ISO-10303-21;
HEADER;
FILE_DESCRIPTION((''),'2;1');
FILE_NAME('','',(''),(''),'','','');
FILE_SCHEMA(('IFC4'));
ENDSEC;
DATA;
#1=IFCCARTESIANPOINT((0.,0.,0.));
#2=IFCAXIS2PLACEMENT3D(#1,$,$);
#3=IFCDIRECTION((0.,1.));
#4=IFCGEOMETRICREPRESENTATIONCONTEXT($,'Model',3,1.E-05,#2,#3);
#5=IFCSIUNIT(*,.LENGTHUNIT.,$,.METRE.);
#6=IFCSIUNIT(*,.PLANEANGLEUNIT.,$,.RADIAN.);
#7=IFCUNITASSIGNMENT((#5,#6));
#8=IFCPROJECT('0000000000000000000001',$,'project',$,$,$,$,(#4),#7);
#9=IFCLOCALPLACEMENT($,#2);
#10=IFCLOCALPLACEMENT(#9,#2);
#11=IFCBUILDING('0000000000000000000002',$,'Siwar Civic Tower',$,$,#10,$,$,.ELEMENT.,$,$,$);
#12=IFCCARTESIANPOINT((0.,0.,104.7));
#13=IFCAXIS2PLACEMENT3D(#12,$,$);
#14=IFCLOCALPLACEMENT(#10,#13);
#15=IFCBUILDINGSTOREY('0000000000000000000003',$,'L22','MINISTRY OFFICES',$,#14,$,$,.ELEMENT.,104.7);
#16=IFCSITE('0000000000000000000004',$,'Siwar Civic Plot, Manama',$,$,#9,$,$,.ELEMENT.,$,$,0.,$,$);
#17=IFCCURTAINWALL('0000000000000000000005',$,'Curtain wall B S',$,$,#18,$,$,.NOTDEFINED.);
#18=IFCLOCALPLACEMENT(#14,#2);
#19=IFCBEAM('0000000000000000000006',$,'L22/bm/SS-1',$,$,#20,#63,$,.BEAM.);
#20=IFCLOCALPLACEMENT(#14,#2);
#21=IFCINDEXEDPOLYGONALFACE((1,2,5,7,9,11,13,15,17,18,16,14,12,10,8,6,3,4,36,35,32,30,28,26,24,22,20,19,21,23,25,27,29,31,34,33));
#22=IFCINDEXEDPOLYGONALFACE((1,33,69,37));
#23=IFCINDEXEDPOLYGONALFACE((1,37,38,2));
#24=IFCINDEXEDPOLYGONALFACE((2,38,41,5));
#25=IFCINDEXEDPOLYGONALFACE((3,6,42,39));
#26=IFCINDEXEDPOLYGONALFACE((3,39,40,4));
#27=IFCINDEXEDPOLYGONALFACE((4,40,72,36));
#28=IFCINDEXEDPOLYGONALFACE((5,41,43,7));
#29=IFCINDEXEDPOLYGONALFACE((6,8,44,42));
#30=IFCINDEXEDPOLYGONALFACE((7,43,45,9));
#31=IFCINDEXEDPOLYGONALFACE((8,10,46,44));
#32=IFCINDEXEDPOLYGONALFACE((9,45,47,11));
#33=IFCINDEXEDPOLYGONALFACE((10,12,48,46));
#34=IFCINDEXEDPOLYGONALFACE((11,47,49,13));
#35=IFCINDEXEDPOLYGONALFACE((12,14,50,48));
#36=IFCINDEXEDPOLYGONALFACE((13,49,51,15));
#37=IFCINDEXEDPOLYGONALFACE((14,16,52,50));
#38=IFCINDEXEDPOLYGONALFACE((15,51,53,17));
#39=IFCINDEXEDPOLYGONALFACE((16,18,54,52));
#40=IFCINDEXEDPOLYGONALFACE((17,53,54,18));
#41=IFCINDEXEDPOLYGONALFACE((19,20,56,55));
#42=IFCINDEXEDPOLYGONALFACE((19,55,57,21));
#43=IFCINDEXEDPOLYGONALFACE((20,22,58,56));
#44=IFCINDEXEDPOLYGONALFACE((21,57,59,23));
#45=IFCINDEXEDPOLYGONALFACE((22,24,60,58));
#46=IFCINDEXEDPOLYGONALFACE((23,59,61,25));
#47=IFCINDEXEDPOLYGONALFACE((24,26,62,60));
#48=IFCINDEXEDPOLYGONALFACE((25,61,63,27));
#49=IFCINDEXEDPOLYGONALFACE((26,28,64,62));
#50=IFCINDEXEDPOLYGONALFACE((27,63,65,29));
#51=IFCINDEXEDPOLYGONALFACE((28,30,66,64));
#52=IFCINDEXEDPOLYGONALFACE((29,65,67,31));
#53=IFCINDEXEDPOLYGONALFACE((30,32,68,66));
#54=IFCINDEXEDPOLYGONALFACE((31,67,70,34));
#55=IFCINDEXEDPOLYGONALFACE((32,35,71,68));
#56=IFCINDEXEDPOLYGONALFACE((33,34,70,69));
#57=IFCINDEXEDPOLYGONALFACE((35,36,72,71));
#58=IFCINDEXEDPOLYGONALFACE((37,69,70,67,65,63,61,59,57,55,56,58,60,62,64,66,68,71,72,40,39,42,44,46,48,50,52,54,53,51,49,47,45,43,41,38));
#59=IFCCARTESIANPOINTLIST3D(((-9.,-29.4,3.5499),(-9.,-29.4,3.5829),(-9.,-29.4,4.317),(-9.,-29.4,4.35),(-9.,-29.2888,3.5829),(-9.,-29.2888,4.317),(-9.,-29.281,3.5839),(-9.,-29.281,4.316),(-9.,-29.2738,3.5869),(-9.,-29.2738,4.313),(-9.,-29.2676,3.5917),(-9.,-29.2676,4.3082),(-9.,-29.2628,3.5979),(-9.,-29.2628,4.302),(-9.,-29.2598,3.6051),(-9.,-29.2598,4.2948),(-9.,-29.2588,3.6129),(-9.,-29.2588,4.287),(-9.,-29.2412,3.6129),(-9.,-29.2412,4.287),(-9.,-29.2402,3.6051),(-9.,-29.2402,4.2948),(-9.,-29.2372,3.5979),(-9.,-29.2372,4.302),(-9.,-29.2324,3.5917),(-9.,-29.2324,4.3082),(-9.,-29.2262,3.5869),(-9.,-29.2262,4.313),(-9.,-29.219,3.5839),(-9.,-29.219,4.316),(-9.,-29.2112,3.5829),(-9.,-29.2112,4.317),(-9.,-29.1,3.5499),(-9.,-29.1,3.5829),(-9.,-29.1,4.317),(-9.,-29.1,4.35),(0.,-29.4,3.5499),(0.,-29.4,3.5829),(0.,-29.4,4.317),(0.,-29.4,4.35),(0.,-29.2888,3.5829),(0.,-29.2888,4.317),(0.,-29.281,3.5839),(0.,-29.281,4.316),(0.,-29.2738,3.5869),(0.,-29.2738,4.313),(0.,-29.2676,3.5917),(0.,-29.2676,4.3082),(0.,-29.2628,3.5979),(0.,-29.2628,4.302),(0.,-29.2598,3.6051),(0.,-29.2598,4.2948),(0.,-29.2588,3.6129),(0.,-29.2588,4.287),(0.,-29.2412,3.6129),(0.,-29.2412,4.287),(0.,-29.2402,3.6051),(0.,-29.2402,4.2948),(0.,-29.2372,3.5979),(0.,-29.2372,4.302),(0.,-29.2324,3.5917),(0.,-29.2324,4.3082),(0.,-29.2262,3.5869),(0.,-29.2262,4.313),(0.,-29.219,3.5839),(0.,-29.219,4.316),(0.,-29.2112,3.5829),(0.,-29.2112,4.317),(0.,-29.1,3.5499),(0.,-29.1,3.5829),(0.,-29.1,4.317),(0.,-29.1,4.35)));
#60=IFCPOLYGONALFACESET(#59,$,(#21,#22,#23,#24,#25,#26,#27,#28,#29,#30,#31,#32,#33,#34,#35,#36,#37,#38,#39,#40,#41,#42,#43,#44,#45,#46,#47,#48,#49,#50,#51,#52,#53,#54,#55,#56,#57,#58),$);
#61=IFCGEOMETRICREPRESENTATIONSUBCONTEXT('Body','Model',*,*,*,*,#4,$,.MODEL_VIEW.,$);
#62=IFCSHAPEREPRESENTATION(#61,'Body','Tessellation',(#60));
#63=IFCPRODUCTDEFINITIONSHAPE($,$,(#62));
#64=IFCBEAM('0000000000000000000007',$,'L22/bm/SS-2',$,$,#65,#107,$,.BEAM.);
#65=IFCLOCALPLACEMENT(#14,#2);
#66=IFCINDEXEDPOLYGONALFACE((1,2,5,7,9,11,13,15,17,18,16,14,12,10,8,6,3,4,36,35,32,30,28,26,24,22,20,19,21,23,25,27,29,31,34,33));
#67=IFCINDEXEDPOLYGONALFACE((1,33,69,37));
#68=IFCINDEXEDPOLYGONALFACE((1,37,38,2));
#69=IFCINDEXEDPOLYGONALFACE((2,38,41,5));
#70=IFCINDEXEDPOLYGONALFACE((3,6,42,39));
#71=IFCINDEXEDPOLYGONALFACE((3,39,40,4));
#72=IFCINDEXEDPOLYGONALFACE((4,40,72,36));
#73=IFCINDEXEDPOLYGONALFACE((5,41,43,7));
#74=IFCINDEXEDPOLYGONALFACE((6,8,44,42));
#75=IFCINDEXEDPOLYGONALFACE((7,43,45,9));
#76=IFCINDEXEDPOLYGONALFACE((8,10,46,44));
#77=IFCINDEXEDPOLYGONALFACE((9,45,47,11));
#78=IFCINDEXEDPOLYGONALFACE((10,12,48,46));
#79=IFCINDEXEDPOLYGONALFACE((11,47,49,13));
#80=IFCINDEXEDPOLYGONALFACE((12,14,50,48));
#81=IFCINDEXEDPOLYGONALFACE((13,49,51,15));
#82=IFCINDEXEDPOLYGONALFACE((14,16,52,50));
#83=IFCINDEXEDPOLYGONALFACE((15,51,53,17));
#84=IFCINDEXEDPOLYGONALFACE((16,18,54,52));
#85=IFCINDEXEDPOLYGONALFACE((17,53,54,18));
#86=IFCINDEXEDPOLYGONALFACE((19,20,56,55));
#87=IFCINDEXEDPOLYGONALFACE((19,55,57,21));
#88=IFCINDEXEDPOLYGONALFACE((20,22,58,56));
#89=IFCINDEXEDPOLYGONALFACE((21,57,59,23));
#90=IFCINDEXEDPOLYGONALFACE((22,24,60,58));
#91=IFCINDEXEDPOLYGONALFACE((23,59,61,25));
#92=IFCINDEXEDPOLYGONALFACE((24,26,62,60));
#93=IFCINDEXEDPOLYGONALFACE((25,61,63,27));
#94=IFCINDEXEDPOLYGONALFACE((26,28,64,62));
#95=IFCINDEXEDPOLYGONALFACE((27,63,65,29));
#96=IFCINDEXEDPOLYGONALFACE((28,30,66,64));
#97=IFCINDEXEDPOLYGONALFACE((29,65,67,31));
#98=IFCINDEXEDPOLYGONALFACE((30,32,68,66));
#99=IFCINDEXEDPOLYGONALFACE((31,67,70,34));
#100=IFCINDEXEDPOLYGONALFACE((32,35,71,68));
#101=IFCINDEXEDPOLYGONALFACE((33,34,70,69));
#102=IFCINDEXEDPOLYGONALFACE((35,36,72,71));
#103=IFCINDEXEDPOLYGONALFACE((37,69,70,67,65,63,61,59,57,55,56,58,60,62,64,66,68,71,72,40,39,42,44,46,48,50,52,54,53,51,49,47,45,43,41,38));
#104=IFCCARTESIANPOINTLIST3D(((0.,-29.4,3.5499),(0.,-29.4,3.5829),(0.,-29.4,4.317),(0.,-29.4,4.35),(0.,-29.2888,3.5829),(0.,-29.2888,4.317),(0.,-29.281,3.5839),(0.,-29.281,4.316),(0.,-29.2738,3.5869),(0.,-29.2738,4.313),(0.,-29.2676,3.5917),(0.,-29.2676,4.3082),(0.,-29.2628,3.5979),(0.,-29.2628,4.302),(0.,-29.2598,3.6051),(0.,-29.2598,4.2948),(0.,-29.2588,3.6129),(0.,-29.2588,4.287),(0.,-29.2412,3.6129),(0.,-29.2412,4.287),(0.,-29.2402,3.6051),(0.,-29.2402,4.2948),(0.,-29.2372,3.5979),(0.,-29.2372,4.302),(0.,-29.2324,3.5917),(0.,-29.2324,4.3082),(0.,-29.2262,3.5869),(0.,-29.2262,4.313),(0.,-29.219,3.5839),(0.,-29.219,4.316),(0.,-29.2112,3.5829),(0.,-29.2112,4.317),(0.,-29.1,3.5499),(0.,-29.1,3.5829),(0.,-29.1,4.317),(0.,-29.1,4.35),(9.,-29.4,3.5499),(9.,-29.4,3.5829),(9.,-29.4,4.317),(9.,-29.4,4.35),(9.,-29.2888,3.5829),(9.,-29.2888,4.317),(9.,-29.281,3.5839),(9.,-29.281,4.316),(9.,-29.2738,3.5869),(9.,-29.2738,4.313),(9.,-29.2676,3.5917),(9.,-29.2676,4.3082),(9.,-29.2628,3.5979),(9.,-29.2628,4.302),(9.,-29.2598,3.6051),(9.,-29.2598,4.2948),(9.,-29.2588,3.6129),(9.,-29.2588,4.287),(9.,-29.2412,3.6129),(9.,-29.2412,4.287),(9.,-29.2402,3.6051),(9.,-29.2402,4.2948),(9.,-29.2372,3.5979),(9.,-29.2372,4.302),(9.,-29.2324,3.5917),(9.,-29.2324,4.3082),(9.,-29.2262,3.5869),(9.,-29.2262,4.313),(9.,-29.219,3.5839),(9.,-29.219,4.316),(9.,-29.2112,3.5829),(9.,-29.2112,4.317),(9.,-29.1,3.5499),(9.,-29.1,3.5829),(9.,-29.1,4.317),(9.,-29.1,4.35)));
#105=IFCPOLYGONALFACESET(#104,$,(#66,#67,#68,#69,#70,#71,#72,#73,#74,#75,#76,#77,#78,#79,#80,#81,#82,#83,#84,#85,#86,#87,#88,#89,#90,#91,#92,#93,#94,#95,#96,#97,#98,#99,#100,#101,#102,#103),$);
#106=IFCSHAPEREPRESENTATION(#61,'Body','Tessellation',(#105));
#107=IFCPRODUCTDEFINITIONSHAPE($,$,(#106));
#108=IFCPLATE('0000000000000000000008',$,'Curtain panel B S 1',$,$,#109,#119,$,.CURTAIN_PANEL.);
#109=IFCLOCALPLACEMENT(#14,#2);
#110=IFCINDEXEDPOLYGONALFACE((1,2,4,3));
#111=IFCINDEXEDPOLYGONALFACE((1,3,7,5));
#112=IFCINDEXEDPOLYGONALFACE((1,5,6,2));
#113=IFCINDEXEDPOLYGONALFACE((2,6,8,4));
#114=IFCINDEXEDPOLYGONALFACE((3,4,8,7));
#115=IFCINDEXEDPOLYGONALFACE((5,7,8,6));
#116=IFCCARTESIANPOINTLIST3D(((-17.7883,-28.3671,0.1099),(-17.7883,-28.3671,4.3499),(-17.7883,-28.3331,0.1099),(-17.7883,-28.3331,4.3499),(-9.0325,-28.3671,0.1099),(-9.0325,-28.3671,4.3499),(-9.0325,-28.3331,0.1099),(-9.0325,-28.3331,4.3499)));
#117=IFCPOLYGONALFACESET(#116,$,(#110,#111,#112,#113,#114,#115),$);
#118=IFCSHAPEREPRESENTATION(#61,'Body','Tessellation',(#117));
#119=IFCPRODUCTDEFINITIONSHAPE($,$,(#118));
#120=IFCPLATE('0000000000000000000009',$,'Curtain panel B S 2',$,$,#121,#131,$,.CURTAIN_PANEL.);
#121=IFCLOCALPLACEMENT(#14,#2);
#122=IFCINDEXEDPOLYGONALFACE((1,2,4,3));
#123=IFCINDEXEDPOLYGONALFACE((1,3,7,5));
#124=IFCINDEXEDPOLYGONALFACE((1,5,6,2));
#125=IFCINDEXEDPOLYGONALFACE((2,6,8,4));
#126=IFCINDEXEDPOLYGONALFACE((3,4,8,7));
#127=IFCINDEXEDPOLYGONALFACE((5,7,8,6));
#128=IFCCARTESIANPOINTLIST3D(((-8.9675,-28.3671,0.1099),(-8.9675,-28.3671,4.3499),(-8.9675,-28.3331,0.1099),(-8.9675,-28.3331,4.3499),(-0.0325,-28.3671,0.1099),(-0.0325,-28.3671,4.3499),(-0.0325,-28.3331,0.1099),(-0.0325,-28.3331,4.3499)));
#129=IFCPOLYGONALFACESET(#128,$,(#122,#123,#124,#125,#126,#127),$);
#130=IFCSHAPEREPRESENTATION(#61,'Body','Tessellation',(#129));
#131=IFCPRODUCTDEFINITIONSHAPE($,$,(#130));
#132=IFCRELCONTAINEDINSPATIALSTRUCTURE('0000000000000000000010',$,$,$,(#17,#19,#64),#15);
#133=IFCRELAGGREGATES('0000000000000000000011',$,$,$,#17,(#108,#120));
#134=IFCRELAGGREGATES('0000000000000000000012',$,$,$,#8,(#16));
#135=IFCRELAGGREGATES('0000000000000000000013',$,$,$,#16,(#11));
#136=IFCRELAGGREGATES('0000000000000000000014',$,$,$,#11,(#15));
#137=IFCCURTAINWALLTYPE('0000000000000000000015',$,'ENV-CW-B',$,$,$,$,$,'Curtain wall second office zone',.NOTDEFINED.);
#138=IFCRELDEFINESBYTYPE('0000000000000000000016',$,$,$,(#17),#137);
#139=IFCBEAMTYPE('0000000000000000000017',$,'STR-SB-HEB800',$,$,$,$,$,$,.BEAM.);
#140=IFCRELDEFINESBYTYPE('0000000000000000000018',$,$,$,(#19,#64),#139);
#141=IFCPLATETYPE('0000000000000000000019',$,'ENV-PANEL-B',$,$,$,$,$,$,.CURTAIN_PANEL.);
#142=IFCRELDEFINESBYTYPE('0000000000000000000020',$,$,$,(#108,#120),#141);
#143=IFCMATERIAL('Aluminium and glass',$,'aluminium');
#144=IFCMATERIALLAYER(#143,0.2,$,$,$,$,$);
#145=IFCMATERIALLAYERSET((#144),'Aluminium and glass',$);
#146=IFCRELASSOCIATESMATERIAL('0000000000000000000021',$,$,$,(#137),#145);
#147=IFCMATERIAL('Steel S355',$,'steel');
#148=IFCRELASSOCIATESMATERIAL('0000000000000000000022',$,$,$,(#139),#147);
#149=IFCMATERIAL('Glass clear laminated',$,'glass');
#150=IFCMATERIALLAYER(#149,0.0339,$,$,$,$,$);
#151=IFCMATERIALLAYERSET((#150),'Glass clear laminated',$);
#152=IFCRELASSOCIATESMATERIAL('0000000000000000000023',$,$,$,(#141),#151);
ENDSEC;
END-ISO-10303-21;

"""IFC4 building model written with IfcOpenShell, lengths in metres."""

from ifc_helpers import new_model, si_unit, direction, frame, origin, origin_2d, place, context, subcontext, project, spatial, rectangle, i_section, extrude, material, layer, layer_set, material_profile, profile_set, type_object, element, aggregate, save


model = new_model("IFC4")

# Units and contexts
model_context = context("Model", 3, precision=1e-05, world=origin(), true_north=direction((0.0, 1.0)))
body_context = subcontext(model_context, "Body", "Model", "MODEL_VIEW")
ifc_project = project(units=[si_unit("LENGTHUNIT", "METRE"), si_unit("PLANEANGLEUNIT", "RADIAN")], contexts=[model_context])

# Site, building, storey
site_placement = place(None, origin())
site = spatial("IfcSite", under=ifc_project, at=site_placement, Name="Siwar Civic Plot, Manama", CompositionType="ELEMENT", RefElevation=0.0)
building_placement = place(site_placement, origin())
building = spatial("IfcBuilding", under=site, at=building_placement, Name="Siwar Civic Tower", CompositionType="ELEMENT")
storey_placement = place(building_placement, frame((0.0, 0.0, 104.7)))
storey = spatial("IfcBuildingStorey", under=building, at=storey_placement, Name="L22", Description="MINISTRY OFFICES", CompositionType="ELEMENT", Elevation=104.7)

# Curtain wall
ifc_material_1 = material(Name="Aluminium and glass", Category="aluminium")
ifc_layer_1 = layer(ifc_material_1, 0.2)
ifc_layer_set_1 = layer_set([ifc_layer_1], Name="Aluminium and glass")
curtain_wall_type = type_object("IfcCurtainWallType", Name="ENV-CW-B", ElementType="Curtain wall second office zone", PredefinedType="NOTDEFINED", material=ifc_layer_set_1)
curtain_wall_placement = place(storey_placement, origin())
curtain_wall = element("IfcCurtainWall", 1, at=curtain_wall_placement, inside=storey, type_object=curtain_wall_type, Name="Curtain wall B S", PredefinedType="NOTDEFINED")

# Beams
ifc_material_2 = material(Name="Steel S355", Category="steel")
ifc_material_profile_1 = material_profile(ifc_material_2, i_section(OverallWidth=0.3, OverallDepth=0.8, WebThickness=0.0176, FlangeThickness=0.033, FilletRadius=0.03, at=origin_2d()), Name="HEB800")
ifc_profile_set_1 = profile_set([ifc_material_profile_1], Name="Steel S355")
beam_type_1 = type_object("IfcBeamType", Name="STR-SB-HEB800", PredefinedType="BEAM", material=ifc_profile_set_1)
for number, where, z_axis, x_axis, name in (
    (2, (-9.0, -29.25, 3.95), (1.0, 0.0, 0.0), (0.0, 1.0, 0.0), "L22/bm/SS-1"),
    (3, (0.0, -29.25, 3.95), (1.0, 0.0, 0.0), (0.0, 1.0, 0.0), "L22/bm/SS-2"),
):
    element("IfcBeam", number, at=place(storey_placement, frame(where, z_axis=z_axis, x_axis=x_axis)), inside=storey, type_object=beam_type_1, Name=name, PredefinedType="BEAM", context=body_context, shape_type="SweptSolid", body=[
        extrude(i_section(OverallWidth=0.3, OverallDepth=0.8, WebThickness=0.0176, FlangeThickness=0.033, FilletRadius=0.03, at=origin_2d()), origin(), (0.0, 0.0, 1.0), 9.0),
    ])

# Plates
ifc_material_3 = material(Name="Glass clear laminated", Category="glass")
ifc_layer_2 = layer(ifc_material_3, 0.0339)
ifc_layer_set_2 = layer_set([ifc_layer_2], Name="Glass clear laminated")
plate_type = type_object("IfcPlateType", Name="ENV-PANEL-B", PredefinedType="CURTAIN_PANEL", material=ifc_layer_set_2)
plate_1_placement = place(storey_placement, frame((-13.4104, -28.3501, 0.1099), z_axis=(0.0, 0.0, 1.0), x_axis=(1.0, 0.0, 0.0)))
plate_1 = element("IfcPlate", 4, at=plate_1_placement, type_object=plate_type, Name="Curtain panel B S 1", PredefinedType="CURTAIN_PANEL", context=body_context, shape_type="SweptSolid", body=[
    extrude(rectangle(XDim=8.7559, YDim=0.0339, at=origin_2d()), origin(), (0.0, 0.0, 1.0), 4.24),
])
plate_2_placement = place(storey_placement, frame((-4.5, -28.3501, 0.1099), z_axis=(0.0, 0.0, 1.0), x_axis=(1.0, 0.0, 0.0)))
plate_2 = element("IfcPlate", 5, at=plate_2_placement, type_object=plate_type, Name="Curtain panel B S 2", PredefinedType="CURTAIN_PANEL", context=body_context, shape_type="SweptSolid", body=[
    extrude(rectangle(XDim=8.9351, YDim=0.0339, at=origin_2d()), origin(), (0.0, 0.0, 1.0), 4.24),
])
aggregate(curtain_wall, [plate_1, plate_2])

save(model, "model.ifc")
